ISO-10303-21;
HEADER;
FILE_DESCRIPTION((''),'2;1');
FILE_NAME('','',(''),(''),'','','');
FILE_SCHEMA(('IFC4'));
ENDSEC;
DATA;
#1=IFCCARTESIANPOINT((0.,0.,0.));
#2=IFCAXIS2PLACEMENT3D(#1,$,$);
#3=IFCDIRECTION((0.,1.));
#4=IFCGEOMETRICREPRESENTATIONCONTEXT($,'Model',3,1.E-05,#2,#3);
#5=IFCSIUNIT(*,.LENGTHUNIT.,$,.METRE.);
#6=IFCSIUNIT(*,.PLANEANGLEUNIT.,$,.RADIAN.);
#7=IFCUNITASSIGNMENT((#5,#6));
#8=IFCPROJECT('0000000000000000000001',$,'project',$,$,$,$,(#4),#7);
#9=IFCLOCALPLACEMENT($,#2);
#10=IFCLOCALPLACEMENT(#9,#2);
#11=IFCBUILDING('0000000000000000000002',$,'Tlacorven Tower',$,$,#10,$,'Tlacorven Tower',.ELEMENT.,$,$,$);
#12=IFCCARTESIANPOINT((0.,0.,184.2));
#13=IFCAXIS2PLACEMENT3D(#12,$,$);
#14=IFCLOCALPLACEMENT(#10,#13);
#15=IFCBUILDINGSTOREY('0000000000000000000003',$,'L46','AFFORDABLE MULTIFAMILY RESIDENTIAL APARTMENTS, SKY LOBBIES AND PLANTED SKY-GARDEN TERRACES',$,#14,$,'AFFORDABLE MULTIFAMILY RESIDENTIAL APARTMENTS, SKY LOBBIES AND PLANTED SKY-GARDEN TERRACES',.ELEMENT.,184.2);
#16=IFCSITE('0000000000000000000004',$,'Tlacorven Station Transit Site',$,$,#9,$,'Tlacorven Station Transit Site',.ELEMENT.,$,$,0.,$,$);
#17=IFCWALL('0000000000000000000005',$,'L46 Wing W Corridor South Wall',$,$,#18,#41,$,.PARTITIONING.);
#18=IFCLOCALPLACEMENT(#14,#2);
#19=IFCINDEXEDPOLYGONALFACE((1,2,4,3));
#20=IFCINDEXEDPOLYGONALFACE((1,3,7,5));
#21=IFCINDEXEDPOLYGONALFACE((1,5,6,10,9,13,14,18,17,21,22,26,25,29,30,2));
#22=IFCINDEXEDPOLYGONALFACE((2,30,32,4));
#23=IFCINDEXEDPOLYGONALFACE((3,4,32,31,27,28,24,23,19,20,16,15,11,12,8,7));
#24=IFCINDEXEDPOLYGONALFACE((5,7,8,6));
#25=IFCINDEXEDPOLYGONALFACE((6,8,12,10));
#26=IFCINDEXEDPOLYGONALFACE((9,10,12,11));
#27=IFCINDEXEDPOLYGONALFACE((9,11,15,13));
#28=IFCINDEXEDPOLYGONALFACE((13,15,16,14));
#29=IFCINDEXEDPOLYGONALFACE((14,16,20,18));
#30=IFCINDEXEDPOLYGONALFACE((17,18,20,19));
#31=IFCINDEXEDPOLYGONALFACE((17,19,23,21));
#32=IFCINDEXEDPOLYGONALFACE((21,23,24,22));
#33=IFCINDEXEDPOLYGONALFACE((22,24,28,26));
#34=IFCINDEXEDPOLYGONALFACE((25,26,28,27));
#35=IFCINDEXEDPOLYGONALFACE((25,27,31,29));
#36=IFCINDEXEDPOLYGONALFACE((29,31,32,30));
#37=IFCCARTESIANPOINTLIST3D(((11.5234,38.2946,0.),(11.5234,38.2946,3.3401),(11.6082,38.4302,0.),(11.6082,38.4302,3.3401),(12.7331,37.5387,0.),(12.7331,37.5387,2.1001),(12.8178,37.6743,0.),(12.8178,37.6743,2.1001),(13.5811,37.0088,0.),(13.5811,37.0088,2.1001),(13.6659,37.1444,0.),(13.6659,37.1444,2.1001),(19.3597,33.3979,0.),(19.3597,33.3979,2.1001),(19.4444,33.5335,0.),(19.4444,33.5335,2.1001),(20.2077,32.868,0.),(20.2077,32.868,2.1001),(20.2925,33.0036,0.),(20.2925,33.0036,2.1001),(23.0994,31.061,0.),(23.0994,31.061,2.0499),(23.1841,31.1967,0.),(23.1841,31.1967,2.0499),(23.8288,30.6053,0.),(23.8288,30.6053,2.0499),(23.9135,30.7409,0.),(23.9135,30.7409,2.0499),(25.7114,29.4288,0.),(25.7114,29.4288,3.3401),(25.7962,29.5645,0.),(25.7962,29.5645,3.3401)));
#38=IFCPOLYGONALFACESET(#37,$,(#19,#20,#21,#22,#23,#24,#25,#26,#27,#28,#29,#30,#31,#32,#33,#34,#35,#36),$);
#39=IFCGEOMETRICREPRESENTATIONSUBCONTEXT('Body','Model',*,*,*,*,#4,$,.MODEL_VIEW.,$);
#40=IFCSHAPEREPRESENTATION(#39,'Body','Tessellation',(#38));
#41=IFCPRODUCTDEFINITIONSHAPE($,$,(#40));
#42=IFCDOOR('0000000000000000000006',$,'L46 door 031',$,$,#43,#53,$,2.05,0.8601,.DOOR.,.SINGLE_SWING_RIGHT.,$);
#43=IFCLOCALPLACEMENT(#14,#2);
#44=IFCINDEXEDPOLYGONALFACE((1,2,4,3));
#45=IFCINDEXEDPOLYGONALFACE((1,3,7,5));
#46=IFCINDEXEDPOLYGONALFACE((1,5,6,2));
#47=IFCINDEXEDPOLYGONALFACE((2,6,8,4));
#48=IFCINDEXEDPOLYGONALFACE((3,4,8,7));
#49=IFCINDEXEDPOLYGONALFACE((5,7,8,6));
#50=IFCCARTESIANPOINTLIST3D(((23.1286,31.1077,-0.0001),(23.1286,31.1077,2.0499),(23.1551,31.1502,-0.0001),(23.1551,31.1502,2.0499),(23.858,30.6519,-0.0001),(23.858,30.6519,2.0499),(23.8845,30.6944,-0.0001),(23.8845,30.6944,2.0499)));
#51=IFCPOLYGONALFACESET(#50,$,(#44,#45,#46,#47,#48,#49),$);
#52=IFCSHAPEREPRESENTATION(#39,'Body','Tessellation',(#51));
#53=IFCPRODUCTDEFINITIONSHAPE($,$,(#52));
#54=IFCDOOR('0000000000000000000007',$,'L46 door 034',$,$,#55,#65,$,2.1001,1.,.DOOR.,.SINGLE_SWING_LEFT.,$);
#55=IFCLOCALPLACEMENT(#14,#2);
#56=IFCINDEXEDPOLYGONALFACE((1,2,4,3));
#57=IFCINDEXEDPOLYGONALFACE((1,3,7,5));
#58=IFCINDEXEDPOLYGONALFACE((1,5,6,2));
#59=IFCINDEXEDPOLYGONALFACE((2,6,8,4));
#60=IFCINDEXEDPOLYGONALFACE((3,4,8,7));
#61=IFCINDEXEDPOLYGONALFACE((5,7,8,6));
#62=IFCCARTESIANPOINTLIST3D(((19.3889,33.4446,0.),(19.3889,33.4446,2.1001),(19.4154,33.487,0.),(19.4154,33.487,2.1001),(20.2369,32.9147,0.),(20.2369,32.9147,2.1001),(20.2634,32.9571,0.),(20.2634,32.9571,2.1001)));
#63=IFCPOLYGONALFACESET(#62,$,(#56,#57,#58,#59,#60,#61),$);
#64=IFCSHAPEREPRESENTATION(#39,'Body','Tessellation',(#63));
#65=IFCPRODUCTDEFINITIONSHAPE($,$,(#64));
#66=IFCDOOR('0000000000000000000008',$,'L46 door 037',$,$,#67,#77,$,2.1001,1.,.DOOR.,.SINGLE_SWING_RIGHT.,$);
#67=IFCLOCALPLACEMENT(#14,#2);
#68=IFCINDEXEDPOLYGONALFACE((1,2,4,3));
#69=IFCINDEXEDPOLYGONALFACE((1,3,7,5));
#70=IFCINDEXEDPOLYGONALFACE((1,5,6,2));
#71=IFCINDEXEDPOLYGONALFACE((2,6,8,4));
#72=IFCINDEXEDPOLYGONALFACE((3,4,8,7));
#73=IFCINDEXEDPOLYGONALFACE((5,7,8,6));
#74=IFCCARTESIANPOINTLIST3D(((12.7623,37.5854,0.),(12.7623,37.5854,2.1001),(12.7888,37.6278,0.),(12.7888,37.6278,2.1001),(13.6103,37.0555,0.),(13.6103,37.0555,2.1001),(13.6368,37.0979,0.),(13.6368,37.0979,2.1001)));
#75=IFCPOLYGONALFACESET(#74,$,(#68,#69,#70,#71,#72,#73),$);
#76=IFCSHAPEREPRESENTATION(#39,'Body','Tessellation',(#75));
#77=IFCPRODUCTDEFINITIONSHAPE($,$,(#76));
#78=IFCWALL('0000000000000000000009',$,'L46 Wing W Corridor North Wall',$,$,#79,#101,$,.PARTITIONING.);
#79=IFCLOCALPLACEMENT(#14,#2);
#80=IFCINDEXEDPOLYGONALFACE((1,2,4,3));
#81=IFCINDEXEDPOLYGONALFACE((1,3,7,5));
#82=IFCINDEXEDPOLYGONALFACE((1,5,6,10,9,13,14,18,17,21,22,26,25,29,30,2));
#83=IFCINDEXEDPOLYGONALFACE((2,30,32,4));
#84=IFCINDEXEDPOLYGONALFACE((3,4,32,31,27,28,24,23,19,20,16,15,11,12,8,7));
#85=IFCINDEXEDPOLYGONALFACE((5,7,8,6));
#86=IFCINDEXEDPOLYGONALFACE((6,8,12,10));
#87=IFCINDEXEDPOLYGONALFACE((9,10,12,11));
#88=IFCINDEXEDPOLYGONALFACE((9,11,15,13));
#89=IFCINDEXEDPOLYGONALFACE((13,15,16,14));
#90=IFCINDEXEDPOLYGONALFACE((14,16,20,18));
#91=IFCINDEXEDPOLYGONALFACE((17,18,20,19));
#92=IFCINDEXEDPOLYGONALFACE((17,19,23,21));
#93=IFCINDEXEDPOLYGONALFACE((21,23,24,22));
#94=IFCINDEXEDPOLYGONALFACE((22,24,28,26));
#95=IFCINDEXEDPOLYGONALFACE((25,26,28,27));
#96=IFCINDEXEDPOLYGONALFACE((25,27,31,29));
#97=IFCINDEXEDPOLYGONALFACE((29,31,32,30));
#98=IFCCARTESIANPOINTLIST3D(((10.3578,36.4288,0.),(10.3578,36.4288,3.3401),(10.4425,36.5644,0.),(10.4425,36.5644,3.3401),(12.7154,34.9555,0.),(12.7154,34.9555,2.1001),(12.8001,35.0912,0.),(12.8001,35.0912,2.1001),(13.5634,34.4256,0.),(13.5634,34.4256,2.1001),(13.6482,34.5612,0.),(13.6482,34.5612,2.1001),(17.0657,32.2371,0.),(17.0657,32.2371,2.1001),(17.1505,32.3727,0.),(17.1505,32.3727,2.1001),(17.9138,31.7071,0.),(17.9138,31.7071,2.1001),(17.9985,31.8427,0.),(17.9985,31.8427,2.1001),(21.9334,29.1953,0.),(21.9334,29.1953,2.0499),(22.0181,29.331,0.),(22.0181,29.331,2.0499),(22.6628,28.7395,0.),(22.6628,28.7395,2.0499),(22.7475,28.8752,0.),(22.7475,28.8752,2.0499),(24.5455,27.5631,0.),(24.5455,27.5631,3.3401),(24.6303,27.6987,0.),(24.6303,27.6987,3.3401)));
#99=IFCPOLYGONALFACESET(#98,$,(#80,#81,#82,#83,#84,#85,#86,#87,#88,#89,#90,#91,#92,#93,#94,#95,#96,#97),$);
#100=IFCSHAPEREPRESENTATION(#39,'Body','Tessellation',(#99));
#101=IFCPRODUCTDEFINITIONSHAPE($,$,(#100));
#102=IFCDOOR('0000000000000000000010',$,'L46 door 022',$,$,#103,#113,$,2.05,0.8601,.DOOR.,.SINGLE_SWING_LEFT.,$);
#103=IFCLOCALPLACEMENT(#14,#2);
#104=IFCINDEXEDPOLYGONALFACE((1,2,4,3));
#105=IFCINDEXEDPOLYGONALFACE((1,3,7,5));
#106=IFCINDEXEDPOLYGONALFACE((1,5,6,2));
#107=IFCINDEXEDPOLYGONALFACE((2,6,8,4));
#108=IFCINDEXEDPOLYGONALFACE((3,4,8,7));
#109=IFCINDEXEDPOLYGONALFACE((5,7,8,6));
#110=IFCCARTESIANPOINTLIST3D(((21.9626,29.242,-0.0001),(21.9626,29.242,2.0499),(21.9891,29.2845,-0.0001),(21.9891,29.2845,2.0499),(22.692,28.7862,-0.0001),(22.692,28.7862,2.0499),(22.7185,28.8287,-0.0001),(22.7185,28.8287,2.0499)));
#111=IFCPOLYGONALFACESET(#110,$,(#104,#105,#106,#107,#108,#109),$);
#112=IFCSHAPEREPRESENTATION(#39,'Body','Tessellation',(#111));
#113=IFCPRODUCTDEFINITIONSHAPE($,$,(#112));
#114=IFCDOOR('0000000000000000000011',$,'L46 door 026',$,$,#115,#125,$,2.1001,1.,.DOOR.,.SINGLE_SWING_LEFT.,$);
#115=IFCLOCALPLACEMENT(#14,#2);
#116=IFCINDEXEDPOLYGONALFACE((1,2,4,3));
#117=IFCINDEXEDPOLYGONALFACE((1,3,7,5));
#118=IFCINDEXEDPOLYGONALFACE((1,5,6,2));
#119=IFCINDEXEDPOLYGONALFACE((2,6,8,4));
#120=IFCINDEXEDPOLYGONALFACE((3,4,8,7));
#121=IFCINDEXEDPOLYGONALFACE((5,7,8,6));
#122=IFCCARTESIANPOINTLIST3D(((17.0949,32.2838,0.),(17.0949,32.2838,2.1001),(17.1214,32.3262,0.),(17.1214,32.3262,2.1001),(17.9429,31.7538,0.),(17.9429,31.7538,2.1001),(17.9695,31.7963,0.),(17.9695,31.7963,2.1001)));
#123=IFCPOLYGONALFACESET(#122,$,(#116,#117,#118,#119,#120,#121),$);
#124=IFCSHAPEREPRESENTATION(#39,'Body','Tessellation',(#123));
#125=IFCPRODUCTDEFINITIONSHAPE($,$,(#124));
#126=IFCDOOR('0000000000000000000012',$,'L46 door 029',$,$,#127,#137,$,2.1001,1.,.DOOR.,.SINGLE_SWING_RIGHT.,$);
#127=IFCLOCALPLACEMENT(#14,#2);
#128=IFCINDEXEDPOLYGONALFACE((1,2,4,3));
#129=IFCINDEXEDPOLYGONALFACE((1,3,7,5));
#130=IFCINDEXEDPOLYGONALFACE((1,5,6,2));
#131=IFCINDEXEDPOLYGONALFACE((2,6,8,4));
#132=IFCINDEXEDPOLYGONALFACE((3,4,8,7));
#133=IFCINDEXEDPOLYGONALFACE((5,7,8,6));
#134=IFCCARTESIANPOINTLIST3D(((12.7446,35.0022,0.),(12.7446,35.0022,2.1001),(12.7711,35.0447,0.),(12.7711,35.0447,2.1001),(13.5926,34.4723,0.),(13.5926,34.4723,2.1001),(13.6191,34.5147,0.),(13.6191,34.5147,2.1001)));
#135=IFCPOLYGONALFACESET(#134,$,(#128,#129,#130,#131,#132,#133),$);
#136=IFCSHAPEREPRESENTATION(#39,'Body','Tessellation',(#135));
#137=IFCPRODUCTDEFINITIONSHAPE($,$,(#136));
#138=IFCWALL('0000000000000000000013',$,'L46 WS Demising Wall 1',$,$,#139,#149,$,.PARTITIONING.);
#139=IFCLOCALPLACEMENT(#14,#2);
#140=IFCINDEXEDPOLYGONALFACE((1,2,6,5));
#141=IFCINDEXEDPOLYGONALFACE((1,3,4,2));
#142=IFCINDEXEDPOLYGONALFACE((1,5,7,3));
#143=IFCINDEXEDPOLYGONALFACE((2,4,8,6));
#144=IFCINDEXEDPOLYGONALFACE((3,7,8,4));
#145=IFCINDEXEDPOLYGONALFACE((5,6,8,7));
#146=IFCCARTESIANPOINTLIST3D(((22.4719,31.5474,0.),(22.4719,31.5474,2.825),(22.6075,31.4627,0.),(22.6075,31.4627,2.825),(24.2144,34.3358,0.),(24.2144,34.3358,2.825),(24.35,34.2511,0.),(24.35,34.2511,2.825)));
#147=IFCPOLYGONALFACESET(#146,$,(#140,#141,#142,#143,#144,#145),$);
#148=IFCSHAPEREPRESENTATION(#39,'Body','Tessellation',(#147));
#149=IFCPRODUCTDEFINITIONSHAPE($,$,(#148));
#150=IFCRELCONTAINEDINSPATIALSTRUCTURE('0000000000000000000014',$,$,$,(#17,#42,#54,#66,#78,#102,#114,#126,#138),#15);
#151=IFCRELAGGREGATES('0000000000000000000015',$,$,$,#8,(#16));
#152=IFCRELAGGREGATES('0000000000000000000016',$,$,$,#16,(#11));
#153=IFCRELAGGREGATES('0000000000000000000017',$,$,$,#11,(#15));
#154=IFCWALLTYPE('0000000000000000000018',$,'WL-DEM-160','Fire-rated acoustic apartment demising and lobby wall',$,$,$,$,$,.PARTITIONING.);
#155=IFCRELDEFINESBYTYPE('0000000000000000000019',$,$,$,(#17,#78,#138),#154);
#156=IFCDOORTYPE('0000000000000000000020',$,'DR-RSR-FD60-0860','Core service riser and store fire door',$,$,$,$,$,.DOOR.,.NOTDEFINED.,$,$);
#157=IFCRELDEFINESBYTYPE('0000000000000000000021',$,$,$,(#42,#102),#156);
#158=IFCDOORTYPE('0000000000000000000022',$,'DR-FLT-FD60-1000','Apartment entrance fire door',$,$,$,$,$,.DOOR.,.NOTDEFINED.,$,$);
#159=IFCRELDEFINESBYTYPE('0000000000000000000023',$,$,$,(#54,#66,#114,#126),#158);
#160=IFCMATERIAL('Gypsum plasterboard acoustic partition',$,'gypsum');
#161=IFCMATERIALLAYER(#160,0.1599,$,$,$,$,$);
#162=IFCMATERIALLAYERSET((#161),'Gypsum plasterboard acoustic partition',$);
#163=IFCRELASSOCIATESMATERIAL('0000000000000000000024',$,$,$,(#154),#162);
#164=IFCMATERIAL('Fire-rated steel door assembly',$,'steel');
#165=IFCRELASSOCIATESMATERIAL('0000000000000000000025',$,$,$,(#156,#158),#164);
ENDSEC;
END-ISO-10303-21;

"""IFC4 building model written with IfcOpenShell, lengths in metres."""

from ifc_helpers import new_model, si_unit, direction, frame, frame_2d, origin, place, context, subcontext, project, spatial, rectangle, extrude, source, transform, mapped, material, layer, layer_set, type_object, element, fill, save


model = new_model("IFC4")

# Units and contexts
model_context = context("Model", 3, precision=1e-05, world=origin(), true_north=direction((0.0, 1.0)))
body_context = subcontext(model_context, "Body", "Model", "MODEL_VIEW")
ifc_project = project(units=[si_unit("LENGTHUNIT", "METRE"), si_unit("PLANEANGLEUNIT", "RADIAN")], contexts=[model_context])

# Site, building, storey
site_placement = place(None, origin())
site = spatial("IfcSite", under=ifc_project, at=site_placement, Name="Tlacorven Station Transit Site", LongName="Tlacorven Station Transit Site", CompositionType="ELEMENT", RefElevation=0.0)
building_placement = place(site_placement, origin())
building = spatial("IfcBuilding", under=site, at=building_placement, Name="Tlacorven Tower", LongName="Tlacorven Tower", CompositionType="ELEMENT")
storey_placement = place(building_placement, frame((0.0, 0.0, 184.2)))
storey = spatial("IfcBuildingStorey", under=building, at=storey_placement, Name="L46", Description="AFFORDABLE MULTIFAMILY RESIDENTIAL APARTMENTS, SKY LOBBIES AND PLANTED SKY-GARDEN TERRACES", LongName="AFFORDABLE MULTIFAMILY RESIDENTIAL APARTMENTS, SKY LOBBIES AND PLANTED SKY-GARDEN TERRACES", CompositionType="ELEMENT", Elevation=184.2)

# Shared definitions
ifc_material_1 = material(Name="Gypsum plasterboard acoustic partition", Category="gypsum")
ifc_layer_1 = layer(ifc_material_1, 0.1599)
ifc_layer_set_1 = layer_set([ifc_layer_1], Name="Gypsum plasterboard acoustic partition")
wall_type_1 = type_object("IfcWallType", Name="WL-DEM-160", Description="Fire-rated acoustic apartment demising and lobby wall", PredefinedType="PARTITIONING", material=ifc_layer_set_1)

# Walls, openings, doors
wall_1_placement = place(storey_placement, frame((25.7539, 29.4966, 0.0), z_axis=(0.0, 0.0, 1.0), x_axis=(-0.848046, 0.529923, 0.0)))
wall_1 = element("IfcWall", 1, at=wall_1_placement, inside=storey, type_object=wall_type_1, Name="L46 Wing W Corridor South Wall", PredefinedType="PARTITIONING", context=body_context, shape_type="SweptSolid", body=[
    extrude(rectangle(XDim=16.7302, YDim=0.1599, at=frame_2d((8.3652, 0.0))), origin(), (0.0, 0.0, 1.0), 3.3401),
])
opening_1_placement = place(wall_1_placement, frame((2.22, 0.0, 0.0)))
opening_1 = element("IfcOpeningElement", 2, at=opening_1_placement, cuts=wall_1, PredefinedType="OPENING", context=body_context, shape_type="SweptSolid", body=[
    extrude(rectangle(XDim=0.8601, YDim=2.05, at=frame_2d((0.4302, 1.0249))), frame((0.0, 0.0898, 0.0), z_axis=(0.0, -1.0, 0.0), x_axis=(1.0, 0.0, 0.0)), (0.0, 0.0, 1.0), 0.1799),
])
opening_2_placement = place(wall_1_placement, frame((6.49, 0.0, 0.0)))
opening_2 = element("IfcOpeningElement", 3, at=opening_2_placement, cuts=wall_1, PredefinedType="OPENING", context=body_context, shape_type="SweptSolid", body=[
    extrude(rectangle(XDim=1.0, YDim=2.1001, at=frame_2d((0.5, 1.05))), frame((0.0, 0.0898, 0.0), z_axis=(0.0, -1.0, 0.0), x_axis=(1.0, 0.0, 0.0)), (0.0, 0.0, 1.0), 0.1799),
])
opening_3_placement = place(wall_1_placement, frame((14.304, 0.0, 0.0)))
opening_3 = element("IfcOpeningElement", 4, at=opening_3_placement, cuts=wall_1, PredefinedType="OPENING", context=body_context, shape_type="SweptSolid", body=[
    extrude(rectangle(XDim=1.0, YDim=2.1001, at=frame_2d((0.5, 1.05))), frame((0.0, 0.0898, 0.0), z_axis=(0.0, -1.0, 0.0), x_axis=(1.0, 0.0, 0.0)), (0.0, 0.0, 1.0), 0.1799),
])
ifc_material_2 = material(Name="Fire-rated steel door assembly", Category="steel")
door_type_1 = type_object("IfcDoorType", Name="DR-RSR-FD60-0860", Description="Core service riser and store fire door", OperationType="NOTDEFINED", PredefinedType="DOOR", material=ifc_material_2)
shared_shape_1 = source(origin(), body_context, "Body", "SweptSolid", [
    extrude(rectangle(XDim=0.8601, YDim=2.05, at=frame_2d((0.4302, 1.0249))), frame((0.0, 0.0249, 0.0), z_axis=(0.0, -1.0, 0.0), x_axis=(1.0, 0.0, 0.0)), (0.0, 0.0, 1.0), 0.05),
])
door_1_placement = place(opening_1_placement, origin())
door_1 = element("IfcDoor", 5, at=door_1_placement, inside=storey, type_object=door_type_1, Name="L46 door 031", OperationType="SINGLE_SWING_RIGHT", OverallHeight=2.05, OverallWidth=0.8601, PredefinedType="DOOR", context=body_context, shape_type="MappedRepresentation", body=[
    mapped(shared_shape_1, transform((0.0, 0.0, 0.0), scale=1.0)),
])
fill(opening_1, door_1)
door_type_2 = type_object("IfcDoorType", Name="DR-FLT-FD60-1000", Description="Apartment entrance fire door", OperationType="NOTDEFINED", PredefinedType="DOOR", material=ifc_material_2)
shared_shape_2 = source(origin(), body_context, "Body", "SweptSolid", [
    extrude(rectangle(XDim=1.0, YDim=2.1001, at=frame_2d((0.5, 1.05))), frame((0.0, 0.0249, 0.0), z_axis=(0.0, -1.0, 0.0), x_axis=(1.0, 0.0, 0.0)), (0.0, 0.0, 1.0), 0.05),
])
door_2_placement = place(opening_2_placement, origin())
door_2 = element("IfcDoor", 6, at=door_2_placement, inside=storey, type_object=door_type_2, Name="L46 door 034", OperationType="SINGLE_SWING_LEFT", OverallHeight=2.1001, OverallWidth=1.0, PredefinedType="DOOR", context=body_context, shape_type="MappedRepresentation", body=[
    mapped(shared_shape_2, transform((0.0, 0.0, 0.0), scale=1.0)),
])
fill(opening_2, door_2)
door_3_placement = place(opening_3_placement, origin())
door_3 = element("IfcDoor", 7, at=door_3_placement, inside=storey, type_object=door_type_2, Name="L46 door 037", OperationType="SINGLE_SWING_RIGHT", OverallHeight=2.1001, OverallWidth=1.0, PredefinedType="DOOR", context=body_context, shape_type="MappedRepresentation", body=[
    mapped(shared_shape_2, transform((0.0, 0.0, 0.0), scale=1.0)),
])
fill(opening_3, door_3)
wall_2_placement = place(storey_placement, frame((24.5879, 27.6309, 0.0), z_axis=(0.0, 0.0, 1.0), x_axis=(-0.848042, 0.529929, 0.0)))
wall_2 = element("IfcWall", 8, at=wall_2_placement, inside=storey, type_object=wall_type_1, Name="L46 Wing W Corridor North Wall", PredefinedType="PARTITIONING", context=body_context, shape_type="SweptSolid", body=[
    extrude(rectangle(XDim=16.73, YDim=0.1599, at=frame_2d((8.365, 0.0))), origin(), (0.0, 0.0, 1.0), 3.3401),
])
opening_4_placement = place(wall_2_placement, frame((2.22, 0.0, 0.0)))
opening_4 = element("IfcOpeningElement", 9, at=opening_4_placement, cuts=wall_2, PredefinedType="OPENING", context=body_context, shape_type="SweptSolid", body=[
    extrude(rectangle(XDim=0.8601, YDim=2.05, at=frame_2d((0.4302, 1.0249))), frame((0.0, 0.0898, 0.0), z_axis=(0.0, -1.0, 0.0), x_axis=(1.0, 0.0, 0.0)), (0.0, 0.0, 1.0), 0.1799),
])
opening_5_placement = place(wall_2_placement, frame((7.8201, 0.0, 0.0)))
opening_5 = element("IfcOpeningElement", 10, at=opening_5_placement, cuts=wall_2, PredefinedType="OPENING", context=body_context, shape_type="SweptSolid", body=[
    extrude(rectangle(XDim=1.0, YDim=2.1001, at=frame_2d((0.5, 1.05))), frame((0.0, 0.0898, 0.0), z_axis=(0.0, -1.0, 0.0), x_axis=(1.0, 0.0, 0.0)), (0.0, 0.0, 1.0), 0.1799),
])
opening_6_placement = place(wall_2_placement, frame((12.95, 0.0, 0.0)))
opening_6 = element("IfcOpeningElement", 11, at=opening_6_placement, cuts=wall_2, PredefinedType="OPENING", context=body_context, shape_type="SweptSolid", body=[
    extrude(rectangle(XDim=1.0, YDim=2.1001, at=frame_2d((0.5, 1.05))), frame((0.0, 0.0898, 0.0), z_axis=(0.0, -1.0, 0.0), x_axis=(1.0, 0.0, 0.0)), (0.0, 0.0, 1.0), 0.1799),
])
door_4_placement = place(opening_4_placement, origin())
door_4 = element("IfcDoor", 12, at=door_4_placement, inside=storey, type_object=door_type_1, Name="L46 door 022", OperationType="SINGLE_SWING_LEFT", OverallHeight=2.05, OverallWidth=0.8601, PredefinedType="DOOR", context=body_context, shape_type="MappedRepresentation", body=[
    mapped(shared_shape_1, transform((0.0, 0.0, 0.0), scale=1.0)),
])
fill(opening_4, door_4)
door_5_placement = place(opening_5_placement, origin())
door_5 = element("IfcDoor", 13, at=door_5_placement, inside=storey, type_object=door_type_2, Name="L46 door 026", OperationType="SINGLE_SWING_LEFT", OverallHeight=2.1001, OverallWidth=1.0, PredefinedType="DOOR", context=body_context, shape_type="MappedRepresentation", body=[
    mapped(shared_shape_2, transform((0.0, 0.0, 0.0), scale=1.0)),
])
fill(opening_5, door_5)
door_6_placement = place(opening_6_placement, origin())
door_6 = element("IfcDoor", 14, at=door_6_placement, inside=storey, type_object=door_type_2, Name="L46 door 029", OperationType="SINGLE_SWING_RIGHT", OverallHeight=2.1001, OverallWidth=1.0, PredefinedType="DOOR", context=body_context, shape_type="MappedRepresentation", body=[
    mapped(shared_shape_2, transform((0.0, 0.0, 0.0), scale=1.0)),
])
fill(opening_6, door_6)

# Wall
wall_3_placement = place(storey_placement, frame((24.2822, 34.2935, 0.0), z_axis=(0.0, 0.0, 1.0), x_axis=(-0.529939, -0.848036, 0.0)))
element("IfcWall", 15, at=wall_3_placement, inside=storey, type_object=wall_type_1, Name="L46 WS Demising Wall 1", PredefinedType="PARTITIONING", context=body_context, shape_type="SweptSolid", body=[
    extrude(rectangle(XDim=3.2881, YDim=0.1599, at=frame_2d((1.644, 0.0))), origin(), (0.0, 0.0, 1.0), 2.825),
])

save(model, "model.ifc")
